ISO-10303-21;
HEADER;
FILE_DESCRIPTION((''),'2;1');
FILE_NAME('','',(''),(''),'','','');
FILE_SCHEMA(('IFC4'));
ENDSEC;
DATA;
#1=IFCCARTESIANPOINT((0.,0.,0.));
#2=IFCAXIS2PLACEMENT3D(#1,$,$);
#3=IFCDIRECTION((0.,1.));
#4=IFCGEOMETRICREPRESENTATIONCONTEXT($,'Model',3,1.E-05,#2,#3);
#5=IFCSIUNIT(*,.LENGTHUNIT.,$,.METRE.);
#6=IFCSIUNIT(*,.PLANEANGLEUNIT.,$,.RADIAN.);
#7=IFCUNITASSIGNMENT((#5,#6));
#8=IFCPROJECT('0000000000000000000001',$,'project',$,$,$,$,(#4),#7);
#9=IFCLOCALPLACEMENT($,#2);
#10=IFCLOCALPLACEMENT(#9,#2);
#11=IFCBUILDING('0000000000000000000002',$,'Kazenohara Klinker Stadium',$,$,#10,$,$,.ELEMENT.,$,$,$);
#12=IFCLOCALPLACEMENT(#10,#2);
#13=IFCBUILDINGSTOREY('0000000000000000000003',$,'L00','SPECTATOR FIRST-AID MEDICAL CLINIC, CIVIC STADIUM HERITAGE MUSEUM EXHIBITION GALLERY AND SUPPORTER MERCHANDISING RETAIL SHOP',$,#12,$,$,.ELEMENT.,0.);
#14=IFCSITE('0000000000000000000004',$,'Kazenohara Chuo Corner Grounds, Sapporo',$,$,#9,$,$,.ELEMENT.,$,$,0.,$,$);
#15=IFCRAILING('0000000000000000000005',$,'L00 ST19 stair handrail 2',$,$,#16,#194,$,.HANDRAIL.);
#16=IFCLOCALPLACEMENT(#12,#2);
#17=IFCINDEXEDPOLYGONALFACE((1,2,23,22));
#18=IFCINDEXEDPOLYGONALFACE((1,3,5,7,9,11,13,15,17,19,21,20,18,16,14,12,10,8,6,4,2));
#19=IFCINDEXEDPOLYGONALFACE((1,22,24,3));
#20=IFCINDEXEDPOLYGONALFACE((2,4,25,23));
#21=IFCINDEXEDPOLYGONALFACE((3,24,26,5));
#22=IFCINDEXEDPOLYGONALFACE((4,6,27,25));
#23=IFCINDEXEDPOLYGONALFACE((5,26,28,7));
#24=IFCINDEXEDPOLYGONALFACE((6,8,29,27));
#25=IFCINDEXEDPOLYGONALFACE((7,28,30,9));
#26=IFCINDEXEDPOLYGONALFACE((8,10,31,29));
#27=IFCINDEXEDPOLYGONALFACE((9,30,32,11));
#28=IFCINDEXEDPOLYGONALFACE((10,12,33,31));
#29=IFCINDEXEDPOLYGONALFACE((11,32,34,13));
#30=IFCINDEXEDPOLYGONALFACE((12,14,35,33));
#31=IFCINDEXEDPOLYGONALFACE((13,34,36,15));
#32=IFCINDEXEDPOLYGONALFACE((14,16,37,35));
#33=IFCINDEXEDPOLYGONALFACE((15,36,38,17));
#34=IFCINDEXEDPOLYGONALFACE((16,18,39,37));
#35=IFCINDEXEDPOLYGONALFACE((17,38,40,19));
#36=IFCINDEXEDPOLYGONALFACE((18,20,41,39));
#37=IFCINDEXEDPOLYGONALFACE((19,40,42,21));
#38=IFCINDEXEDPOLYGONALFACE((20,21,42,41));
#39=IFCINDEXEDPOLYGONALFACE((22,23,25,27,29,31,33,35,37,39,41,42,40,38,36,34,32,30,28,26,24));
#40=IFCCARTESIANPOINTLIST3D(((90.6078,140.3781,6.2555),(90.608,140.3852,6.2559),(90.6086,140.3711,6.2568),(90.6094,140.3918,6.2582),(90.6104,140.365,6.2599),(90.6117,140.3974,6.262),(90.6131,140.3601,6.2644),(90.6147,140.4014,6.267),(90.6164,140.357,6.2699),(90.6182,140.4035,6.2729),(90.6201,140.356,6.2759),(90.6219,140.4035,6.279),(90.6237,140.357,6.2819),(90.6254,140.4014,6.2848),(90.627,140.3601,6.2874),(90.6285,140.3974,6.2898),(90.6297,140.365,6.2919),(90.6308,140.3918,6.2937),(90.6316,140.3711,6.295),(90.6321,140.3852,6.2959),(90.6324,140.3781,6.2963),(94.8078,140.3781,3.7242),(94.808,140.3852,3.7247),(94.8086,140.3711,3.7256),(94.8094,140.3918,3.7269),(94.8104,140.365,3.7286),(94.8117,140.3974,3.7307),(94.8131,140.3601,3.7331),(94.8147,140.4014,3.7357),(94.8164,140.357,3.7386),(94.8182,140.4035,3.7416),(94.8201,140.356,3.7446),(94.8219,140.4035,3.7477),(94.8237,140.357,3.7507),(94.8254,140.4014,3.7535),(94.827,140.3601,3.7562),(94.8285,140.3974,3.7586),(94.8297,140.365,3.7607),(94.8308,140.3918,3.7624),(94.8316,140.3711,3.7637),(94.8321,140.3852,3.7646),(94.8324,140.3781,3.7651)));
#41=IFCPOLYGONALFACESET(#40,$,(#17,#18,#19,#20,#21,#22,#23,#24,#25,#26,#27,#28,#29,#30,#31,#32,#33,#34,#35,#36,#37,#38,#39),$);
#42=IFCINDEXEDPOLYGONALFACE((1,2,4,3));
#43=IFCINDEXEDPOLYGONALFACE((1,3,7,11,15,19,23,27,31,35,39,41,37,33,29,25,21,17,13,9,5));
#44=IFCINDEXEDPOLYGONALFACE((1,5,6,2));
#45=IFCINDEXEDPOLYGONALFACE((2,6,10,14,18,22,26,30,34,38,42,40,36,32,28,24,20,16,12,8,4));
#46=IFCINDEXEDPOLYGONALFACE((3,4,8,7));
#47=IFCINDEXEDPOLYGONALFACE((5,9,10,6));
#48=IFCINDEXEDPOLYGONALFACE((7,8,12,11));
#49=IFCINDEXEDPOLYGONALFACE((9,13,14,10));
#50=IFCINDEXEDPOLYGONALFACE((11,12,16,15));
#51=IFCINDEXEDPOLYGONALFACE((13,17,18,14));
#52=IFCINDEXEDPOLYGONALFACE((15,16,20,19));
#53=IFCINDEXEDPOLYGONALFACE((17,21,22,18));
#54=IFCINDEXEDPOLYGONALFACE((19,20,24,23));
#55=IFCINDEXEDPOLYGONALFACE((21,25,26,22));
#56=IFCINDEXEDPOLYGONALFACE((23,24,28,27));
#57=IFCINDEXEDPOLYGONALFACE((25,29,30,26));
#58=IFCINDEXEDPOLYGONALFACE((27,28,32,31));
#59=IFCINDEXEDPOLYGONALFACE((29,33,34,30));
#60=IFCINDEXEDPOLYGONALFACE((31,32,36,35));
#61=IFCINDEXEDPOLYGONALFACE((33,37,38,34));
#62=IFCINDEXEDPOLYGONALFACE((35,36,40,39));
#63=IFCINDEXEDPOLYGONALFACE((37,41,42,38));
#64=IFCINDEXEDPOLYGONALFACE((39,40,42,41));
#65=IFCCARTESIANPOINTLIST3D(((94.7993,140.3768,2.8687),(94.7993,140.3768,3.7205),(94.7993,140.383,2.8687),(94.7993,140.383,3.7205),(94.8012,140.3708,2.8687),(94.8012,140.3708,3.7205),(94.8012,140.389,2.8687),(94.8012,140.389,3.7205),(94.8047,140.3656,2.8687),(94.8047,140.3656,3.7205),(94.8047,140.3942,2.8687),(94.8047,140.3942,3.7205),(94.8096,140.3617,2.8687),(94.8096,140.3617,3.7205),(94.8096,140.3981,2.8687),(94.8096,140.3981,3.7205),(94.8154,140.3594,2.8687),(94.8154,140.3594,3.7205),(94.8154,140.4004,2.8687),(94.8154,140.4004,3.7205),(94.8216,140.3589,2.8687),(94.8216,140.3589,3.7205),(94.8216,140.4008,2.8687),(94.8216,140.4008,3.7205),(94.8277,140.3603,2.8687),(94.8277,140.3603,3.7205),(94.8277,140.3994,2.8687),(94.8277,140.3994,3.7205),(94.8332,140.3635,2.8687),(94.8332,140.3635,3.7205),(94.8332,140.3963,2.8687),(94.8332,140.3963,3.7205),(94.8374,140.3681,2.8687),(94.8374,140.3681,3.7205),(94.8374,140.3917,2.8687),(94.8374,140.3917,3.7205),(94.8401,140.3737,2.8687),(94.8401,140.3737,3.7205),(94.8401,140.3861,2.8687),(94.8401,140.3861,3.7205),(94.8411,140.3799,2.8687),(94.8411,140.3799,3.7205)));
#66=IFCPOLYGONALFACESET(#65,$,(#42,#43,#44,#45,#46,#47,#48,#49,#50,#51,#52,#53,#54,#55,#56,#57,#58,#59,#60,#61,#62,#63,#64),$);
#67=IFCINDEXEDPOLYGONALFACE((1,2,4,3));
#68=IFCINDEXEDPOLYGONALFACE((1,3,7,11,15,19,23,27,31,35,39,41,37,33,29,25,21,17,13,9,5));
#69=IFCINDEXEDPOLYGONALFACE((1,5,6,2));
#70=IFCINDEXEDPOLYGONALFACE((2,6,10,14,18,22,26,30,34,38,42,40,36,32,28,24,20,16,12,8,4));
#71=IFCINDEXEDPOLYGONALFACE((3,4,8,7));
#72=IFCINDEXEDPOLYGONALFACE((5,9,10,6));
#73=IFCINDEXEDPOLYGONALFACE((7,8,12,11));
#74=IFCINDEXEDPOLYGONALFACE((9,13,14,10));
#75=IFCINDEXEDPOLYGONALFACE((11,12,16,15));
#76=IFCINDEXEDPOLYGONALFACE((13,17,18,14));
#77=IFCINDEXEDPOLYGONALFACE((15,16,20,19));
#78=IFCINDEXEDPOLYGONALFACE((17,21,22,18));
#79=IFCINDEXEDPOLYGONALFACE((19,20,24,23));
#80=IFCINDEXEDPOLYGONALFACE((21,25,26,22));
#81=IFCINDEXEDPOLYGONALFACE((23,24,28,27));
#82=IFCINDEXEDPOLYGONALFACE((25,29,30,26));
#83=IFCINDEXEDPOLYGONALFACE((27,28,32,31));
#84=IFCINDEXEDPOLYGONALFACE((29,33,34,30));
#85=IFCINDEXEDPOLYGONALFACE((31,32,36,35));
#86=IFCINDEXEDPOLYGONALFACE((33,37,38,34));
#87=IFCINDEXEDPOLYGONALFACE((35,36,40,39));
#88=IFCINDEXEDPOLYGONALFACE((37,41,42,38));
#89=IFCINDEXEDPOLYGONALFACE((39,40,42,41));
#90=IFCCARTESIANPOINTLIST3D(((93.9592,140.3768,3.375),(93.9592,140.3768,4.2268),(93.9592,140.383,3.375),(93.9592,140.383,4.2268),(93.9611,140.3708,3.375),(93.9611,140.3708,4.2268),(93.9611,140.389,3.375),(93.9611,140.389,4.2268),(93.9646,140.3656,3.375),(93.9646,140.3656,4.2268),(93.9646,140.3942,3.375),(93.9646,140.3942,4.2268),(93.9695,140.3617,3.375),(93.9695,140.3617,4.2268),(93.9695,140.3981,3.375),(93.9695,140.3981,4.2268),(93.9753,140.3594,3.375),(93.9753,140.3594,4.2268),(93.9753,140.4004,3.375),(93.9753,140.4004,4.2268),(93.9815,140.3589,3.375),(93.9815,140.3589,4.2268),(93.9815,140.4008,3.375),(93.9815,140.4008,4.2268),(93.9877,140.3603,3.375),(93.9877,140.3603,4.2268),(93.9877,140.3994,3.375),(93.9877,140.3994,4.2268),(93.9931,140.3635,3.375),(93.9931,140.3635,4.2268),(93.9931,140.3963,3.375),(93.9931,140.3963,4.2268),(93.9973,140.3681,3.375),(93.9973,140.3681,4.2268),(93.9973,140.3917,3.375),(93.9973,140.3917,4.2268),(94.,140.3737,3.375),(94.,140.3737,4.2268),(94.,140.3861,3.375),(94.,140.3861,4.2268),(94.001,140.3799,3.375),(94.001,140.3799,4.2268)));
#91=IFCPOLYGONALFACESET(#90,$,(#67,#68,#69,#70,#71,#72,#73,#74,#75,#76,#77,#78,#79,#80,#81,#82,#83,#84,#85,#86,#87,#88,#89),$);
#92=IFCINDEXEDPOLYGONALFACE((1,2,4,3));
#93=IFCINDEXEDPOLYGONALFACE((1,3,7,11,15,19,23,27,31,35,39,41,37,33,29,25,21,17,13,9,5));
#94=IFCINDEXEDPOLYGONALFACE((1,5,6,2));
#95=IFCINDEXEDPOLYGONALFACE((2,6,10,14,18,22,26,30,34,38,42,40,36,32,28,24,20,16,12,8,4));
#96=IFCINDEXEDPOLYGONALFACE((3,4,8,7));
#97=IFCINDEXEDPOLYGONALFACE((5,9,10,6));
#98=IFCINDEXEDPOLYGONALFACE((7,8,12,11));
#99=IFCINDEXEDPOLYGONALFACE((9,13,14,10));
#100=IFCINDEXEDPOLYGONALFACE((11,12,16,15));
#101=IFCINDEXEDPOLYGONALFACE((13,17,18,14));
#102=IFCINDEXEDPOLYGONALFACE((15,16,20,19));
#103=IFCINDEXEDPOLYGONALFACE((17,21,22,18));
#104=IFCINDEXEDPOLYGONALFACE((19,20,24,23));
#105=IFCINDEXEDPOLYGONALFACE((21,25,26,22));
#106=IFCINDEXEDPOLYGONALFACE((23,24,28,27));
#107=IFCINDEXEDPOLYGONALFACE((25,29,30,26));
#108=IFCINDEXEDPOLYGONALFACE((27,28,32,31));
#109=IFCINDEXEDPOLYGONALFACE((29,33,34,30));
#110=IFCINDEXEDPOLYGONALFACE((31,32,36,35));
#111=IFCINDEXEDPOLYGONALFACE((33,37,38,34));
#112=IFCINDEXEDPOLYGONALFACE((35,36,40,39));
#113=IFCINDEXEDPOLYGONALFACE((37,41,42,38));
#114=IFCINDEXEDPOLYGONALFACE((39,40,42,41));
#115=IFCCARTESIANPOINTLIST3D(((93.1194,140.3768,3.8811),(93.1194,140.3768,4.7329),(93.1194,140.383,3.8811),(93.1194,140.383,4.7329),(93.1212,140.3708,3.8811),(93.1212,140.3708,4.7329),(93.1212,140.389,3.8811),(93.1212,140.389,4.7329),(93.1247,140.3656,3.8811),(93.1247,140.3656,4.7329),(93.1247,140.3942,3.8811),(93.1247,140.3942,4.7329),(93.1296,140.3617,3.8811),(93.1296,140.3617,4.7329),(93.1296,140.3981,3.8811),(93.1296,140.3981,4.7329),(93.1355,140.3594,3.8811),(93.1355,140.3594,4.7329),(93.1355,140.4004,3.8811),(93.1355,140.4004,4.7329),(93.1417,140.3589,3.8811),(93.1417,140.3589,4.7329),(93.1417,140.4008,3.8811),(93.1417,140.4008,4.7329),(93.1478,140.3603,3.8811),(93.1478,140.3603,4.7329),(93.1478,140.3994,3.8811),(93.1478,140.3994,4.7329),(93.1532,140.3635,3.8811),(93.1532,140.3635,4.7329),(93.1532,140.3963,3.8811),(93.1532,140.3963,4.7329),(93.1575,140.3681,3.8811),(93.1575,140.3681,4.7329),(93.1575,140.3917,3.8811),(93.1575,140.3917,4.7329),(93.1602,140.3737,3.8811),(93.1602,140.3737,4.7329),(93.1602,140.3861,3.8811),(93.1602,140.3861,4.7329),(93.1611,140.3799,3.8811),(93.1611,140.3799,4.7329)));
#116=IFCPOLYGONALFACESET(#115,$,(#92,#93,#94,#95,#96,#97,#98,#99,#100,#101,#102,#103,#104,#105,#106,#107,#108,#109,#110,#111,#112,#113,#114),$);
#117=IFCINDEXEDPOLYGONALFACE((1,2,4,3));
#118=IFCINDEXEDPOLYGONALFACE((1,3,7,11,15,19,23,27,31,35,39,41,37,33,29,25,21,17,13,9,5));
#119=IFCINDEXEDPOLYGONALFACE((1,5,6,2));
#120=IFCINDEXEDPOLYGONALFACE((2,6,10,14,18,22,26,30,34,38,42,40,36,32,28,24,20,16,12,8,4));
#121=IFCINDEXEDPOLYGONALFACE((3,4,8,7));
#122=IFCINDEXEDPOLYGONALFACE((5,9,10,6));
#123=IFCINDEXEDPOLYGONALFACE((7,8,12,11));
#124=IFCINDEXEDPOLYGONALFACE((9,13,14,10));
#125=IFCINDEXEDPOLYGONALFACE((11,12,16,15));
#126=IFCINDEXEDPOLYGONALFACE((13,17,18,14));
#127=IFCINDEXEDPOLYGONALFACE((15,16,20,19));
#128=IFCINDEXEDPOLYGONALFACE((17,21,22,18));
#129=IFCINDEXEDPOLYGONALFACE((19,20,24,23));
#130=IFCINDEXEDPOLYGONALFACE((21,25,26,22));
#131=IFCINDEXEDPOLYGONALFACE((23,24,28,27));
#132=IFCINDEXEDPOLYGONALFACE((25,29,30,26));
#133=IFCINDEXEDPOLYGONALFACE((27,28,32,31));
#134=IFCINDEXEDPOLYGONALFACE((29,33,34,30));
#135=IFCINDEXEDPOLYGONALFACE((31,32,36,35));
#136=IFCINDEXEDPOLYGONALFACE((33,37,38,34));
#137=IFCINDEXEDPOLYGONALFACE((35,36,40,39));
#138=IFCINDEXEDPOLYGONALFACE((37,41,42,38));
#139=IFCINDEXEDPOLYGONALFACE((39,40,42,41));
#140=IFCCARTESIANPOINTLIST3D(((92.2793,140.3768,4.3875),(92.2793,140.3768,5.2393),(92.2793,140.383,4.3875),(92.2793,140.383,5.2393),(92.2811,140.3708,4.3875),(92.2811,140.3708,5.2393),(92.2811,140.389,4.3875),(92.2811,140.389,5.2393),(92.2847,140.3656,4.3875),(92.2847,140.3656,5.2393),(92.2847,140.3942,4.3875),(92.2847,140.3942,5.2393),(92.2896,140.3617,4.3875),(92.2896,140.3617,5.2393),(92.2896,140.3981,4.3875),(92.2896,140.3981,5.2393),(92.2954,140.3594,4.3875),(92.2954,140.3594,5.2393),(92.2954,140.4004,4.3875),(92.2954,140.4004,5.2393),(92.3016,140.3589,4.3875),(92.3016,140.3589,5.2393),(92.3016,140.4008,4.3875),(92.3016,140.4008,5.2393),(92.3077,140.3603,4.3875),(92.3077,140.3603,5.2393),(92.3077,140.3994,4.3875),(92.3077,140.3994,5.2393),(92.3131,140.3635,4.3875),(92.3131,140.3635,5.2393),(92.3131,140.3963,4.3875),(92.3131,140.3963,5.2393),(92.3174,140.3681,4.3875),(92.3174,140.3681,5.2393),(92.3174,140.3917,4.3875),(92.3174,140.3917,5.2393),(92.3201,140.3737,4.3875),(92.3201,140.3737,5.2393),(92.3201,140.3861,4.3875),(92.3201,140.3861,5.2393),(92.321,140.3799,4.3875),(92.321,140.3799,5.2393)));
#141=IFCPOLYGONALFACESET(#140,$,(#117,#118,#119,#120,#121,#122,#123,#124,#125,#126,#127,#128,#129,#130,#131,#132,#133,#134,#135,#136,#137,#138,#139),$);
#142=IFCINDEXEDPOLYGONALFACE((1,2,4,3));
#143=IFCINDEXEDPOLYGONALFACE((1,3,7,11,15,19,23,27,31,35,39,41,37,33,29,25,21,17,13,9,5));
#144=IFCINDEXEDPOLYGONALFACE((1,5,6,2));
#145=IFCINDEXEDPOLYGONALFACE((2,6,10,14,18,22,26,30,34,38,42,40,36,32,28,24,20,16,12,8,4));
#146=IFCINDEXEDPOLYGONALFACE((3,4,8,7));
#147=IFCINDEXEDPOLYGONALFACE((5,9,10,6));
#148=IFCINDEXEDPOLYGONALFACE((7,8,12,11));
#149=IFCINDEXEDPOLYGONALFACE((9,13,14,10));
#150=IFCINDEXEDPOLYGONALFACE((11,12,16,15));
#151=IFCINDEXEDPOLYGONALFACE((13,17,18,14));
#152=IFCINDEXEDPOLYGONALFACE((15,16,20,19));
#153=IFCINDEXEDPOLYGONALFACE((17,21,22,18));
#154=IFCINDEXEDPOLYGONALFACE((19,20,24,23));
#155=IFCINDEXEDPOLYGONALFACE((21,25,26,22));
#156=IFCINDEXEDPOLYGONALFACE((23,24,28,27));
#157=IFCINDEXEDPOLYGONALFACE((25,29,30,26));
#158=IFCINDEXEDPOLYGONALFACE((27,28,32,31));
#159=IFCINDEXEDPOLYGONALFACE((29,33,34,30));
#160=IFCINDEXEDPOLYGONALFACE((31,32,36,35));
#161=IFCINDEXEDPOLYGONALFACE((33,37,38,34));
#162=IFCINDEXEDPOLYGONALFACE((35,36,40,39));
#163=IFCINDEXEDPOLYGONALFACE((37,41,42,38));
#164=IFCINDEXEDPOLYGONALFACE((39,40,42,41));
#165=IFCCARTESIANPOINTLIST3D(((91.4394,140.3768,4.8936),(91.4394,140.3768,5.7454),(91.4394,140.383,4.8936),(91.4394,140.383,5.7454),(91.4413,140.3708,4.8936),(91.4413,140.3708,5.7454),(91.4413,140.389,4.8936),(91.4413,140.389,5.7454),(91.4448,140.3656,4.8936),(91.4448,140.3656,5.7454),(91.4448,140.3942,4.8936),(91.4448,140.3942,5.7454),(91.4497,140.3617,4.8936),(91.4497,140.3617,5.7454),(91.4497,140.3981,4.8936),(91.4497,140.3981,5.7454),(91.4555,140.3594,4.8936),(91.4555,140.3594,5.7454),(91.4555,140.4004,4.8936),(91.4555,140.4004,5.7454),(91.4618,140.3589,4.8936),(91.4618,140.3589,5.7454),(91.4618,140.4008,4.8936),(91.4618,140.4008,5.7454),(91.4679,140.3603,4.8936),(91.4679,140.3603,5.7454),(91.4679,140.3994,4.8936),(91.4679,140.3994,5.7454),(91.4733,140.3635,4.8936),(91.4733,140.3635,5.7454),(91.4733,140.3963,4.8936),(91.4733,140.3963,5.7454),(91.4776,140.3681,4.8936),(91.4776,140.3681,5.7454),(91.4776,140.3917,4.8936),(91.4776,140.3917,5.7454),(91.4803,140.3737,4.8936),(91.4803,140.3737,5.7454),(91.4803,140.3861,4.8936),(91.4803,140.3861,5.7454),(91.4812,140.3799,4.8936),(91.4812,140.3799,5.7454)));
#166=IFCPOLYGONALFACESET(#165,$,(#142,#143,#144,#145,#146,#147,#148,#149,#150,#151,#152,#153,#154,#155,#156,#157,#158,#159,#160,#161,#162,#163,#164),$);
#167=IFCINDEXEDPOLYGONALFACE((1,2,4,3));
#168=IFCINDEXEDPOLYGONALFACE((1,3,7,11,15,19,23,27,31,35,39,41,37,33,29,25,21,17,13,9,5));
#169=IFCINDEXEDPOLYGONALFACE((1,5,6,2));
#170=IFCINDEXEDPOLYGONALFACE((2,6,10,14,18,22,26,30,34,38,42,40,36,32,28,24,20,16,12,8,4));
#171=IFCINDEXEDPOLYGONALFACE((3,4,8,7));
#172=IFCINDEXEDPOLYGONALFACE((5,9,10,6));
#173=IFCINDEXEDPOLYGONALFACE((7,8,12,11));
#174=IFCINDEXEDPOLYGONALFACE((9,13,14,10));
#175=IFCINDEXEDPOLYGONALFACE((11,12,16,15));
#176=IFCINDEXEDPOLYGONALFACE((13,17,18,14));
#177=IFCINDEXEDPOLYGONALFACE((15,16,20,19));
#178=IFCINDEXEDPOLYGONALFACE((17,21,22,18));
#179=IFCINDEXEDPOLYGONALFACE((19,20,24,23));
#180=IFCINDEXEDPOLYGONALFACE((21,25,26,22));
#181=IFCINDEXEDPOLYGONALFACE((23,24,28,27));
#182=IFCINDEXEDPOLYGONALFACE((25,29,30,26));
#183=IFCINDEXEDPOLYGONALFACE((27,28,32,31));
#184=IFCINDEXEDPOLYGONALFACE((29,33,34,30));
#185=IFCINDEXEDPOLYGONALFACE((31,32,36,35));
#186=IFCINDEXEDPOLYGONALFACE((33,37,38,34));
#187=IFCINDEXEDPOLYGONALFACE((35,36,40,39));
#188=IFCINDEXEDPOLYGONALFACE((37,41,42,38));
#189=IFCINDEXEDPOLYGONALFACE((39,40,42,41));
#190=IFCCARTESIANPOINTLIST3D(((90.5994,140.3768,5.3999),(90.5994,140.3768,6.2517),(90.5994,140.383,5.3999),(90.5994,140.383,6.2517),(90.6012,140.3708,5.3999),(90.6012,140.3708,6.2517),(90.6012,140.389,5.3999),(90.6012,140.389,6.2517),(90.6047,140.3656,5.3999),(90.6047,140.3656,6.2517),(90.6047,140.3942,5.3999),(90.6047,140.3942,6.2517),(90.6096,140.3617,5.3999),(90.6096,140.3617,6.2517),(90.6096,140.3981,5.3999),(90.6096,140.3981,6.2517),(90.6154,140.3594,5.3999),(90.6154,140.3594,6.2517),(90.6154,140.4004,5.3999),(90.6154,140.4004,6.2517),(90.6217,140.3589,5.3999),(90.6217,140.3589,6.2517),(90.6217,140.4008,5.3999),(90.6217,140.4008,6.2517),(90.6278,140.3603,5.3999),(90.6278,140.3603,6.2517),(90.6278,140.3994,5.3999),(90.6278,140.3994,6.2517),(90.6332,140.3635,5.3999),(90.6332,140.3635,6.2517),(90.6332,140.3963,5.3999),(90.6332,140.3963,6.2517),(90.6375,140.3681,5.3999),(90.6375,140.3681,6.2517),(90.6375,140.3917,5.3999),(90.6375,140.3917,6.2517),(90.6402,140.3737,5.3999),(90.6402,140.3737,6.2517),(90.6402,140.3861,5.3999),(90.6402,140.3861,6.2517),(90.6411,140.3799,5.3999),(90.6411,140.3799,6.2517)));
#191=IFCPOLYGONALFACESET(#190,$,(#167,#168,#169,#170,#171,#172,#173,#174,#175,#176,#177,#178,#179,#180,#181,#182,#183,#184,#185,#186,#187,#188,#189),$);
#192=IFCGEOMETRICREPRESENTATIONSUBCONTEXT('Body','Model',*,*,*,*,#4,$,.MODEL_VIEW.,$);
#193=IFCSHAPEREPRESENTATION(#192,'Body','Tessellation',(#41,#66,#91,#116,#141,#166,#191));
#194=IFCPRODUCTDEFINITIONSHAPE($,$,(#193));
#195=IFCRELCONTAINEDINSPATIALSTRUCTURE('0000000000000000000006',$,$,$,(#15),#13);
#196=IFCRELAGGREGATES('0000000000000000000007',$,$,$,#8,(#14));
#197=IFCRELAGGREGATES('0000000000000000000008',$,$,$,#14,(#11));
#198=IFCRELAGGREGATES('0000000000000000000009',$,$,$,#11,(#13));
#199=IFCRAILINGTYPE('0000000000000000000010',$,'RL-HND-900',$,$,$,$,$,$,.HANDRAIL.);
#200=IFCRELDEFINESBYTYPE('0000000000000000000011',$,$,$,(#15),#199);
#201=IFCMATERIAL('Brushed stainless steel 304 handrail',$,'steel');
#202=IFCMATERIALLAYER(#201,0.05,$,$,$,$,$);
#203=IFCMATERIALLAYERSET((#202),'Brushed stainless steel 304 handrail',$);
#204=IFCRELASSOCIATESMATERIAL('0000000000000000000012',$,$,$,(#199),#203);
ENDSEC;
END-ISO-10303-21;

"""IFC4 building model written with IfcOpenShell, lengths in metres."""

from ifc_helpers import new_model, si_unit, direction, frame, origin, origin_2d, place, context, subcontext, project, spatial, circle, extrude, material, layer, layer_set, type_object, element, save


model = new_model("IFC4")

# Units and contexts
model_context = context("Model", 3, precision=1e-05, world=origin(), true_north=direction((0.0, 1.0)))
body_context = subcontext(model_context, "Body", "Model", "MODEL_VIEW")
ifc_project = project(units=[si_unit("LENGTHUNIT", "METRE"), si_unit("PLANEANGLEUNIT", "RADIAN")], contexts=[model_context])

# Site, building, storey
site_placement = place(None, origin())
site = spatial("IfcSite", under=ifc_project, at=site_placement, Name="Kazenohara Chuo Corner Grounds, Sapporo", CompositionType="ELEMENT", RefElevation=0.0)
building_placement = place(site_placement, origin())
building = spatial("IfcBuilding", under=site, at=building_placement, Name="Kazenohara Klinker Stadium", CompositionType="ELEMENT")
storey_placement = place(building_placement, origin())
storey = spatial("IfcBuildingStorey", under=building, at=storey_placement, Name="L00", Description="SPECTATOR FIRST-AID MEDICAL CLINIC, CIVIC STADIUM HERITAGE MUSEUM EXHIBITION GALLERY AND SUPPORTER MERCHANDISING RETAIL SHOP", CompositionType="ELEMENT", Elevation=0.0)

# Railing
ifc_material_1 = material(Name="Brushed stainless steel 304 handrail", Category="steel")
ifc_layer_1 = layer(ifc_material_1, 0.05)
ifc_layer_set_1 = layer_set([ifc_layer_1], Name="Brushed stainless steel 304 handrail")
railing_type_1 = type_object("IfcRailingType", Name="RL-HND-900", PredefinedType="HANDRAIL", material=ifc_layer_set_1)
railing_1_placement = place(storey_placement, frame((94.8201, 140.3799, 2.8687)))
element("IfcRailing", 1, at=railing_1_placement, inside=storey, type_object=railing_type_1, Name="L00 ST19 stair handrail 2", PredefinedType="HANDRAIL", context=body_context, shape_type="SweptSolid", body=[
    extrude(circle(Radius=0.0239, at=origin_2d()), frame((0.0, 0.0, 0.876), z_axis=(-0.856476, 0.0, 0.516186), x_axis=(0.0, -1.0, 0.0)), (0.0, 0.0, 1.0), 4.9038),
    extrude(circle(Radius=0.021, at=origin_2d()), origin(), (0.0, 0.0, 1.0), 0.8518),
    extrude(circle(Radius=0.021, at=origin_2d()), frame((-0.8401, 0.0, 0.5063)), (0.0, 0.0, 1.0), 0.8518),
    extrude(circle(Radius=0.021, at=origin_2d()), frame((-1.6799, 0.0, 1.0125)), (0.0, 0.0, 1.0), 0.8518),
    extrude(circle(Radius=0.021, at=origin_2d()), frame((-2.52, 0.0, 1.5188)), (0.0, 0.0, 1.0), 0.8518),
    extrude(circle(Radius=0.021, at=origin_2d()), frame((-3.3599, 0.0, 2.0249)), (0.0, 0.0, 1.0), 0.8518),
    extrude(circle(Radius=0.021, at=origin_2d()), frame((-4.2, 0.0, 2.5312)), (0.0, 0.0, 1.0), 0.8518),
])

save(model, "model.ifc")
